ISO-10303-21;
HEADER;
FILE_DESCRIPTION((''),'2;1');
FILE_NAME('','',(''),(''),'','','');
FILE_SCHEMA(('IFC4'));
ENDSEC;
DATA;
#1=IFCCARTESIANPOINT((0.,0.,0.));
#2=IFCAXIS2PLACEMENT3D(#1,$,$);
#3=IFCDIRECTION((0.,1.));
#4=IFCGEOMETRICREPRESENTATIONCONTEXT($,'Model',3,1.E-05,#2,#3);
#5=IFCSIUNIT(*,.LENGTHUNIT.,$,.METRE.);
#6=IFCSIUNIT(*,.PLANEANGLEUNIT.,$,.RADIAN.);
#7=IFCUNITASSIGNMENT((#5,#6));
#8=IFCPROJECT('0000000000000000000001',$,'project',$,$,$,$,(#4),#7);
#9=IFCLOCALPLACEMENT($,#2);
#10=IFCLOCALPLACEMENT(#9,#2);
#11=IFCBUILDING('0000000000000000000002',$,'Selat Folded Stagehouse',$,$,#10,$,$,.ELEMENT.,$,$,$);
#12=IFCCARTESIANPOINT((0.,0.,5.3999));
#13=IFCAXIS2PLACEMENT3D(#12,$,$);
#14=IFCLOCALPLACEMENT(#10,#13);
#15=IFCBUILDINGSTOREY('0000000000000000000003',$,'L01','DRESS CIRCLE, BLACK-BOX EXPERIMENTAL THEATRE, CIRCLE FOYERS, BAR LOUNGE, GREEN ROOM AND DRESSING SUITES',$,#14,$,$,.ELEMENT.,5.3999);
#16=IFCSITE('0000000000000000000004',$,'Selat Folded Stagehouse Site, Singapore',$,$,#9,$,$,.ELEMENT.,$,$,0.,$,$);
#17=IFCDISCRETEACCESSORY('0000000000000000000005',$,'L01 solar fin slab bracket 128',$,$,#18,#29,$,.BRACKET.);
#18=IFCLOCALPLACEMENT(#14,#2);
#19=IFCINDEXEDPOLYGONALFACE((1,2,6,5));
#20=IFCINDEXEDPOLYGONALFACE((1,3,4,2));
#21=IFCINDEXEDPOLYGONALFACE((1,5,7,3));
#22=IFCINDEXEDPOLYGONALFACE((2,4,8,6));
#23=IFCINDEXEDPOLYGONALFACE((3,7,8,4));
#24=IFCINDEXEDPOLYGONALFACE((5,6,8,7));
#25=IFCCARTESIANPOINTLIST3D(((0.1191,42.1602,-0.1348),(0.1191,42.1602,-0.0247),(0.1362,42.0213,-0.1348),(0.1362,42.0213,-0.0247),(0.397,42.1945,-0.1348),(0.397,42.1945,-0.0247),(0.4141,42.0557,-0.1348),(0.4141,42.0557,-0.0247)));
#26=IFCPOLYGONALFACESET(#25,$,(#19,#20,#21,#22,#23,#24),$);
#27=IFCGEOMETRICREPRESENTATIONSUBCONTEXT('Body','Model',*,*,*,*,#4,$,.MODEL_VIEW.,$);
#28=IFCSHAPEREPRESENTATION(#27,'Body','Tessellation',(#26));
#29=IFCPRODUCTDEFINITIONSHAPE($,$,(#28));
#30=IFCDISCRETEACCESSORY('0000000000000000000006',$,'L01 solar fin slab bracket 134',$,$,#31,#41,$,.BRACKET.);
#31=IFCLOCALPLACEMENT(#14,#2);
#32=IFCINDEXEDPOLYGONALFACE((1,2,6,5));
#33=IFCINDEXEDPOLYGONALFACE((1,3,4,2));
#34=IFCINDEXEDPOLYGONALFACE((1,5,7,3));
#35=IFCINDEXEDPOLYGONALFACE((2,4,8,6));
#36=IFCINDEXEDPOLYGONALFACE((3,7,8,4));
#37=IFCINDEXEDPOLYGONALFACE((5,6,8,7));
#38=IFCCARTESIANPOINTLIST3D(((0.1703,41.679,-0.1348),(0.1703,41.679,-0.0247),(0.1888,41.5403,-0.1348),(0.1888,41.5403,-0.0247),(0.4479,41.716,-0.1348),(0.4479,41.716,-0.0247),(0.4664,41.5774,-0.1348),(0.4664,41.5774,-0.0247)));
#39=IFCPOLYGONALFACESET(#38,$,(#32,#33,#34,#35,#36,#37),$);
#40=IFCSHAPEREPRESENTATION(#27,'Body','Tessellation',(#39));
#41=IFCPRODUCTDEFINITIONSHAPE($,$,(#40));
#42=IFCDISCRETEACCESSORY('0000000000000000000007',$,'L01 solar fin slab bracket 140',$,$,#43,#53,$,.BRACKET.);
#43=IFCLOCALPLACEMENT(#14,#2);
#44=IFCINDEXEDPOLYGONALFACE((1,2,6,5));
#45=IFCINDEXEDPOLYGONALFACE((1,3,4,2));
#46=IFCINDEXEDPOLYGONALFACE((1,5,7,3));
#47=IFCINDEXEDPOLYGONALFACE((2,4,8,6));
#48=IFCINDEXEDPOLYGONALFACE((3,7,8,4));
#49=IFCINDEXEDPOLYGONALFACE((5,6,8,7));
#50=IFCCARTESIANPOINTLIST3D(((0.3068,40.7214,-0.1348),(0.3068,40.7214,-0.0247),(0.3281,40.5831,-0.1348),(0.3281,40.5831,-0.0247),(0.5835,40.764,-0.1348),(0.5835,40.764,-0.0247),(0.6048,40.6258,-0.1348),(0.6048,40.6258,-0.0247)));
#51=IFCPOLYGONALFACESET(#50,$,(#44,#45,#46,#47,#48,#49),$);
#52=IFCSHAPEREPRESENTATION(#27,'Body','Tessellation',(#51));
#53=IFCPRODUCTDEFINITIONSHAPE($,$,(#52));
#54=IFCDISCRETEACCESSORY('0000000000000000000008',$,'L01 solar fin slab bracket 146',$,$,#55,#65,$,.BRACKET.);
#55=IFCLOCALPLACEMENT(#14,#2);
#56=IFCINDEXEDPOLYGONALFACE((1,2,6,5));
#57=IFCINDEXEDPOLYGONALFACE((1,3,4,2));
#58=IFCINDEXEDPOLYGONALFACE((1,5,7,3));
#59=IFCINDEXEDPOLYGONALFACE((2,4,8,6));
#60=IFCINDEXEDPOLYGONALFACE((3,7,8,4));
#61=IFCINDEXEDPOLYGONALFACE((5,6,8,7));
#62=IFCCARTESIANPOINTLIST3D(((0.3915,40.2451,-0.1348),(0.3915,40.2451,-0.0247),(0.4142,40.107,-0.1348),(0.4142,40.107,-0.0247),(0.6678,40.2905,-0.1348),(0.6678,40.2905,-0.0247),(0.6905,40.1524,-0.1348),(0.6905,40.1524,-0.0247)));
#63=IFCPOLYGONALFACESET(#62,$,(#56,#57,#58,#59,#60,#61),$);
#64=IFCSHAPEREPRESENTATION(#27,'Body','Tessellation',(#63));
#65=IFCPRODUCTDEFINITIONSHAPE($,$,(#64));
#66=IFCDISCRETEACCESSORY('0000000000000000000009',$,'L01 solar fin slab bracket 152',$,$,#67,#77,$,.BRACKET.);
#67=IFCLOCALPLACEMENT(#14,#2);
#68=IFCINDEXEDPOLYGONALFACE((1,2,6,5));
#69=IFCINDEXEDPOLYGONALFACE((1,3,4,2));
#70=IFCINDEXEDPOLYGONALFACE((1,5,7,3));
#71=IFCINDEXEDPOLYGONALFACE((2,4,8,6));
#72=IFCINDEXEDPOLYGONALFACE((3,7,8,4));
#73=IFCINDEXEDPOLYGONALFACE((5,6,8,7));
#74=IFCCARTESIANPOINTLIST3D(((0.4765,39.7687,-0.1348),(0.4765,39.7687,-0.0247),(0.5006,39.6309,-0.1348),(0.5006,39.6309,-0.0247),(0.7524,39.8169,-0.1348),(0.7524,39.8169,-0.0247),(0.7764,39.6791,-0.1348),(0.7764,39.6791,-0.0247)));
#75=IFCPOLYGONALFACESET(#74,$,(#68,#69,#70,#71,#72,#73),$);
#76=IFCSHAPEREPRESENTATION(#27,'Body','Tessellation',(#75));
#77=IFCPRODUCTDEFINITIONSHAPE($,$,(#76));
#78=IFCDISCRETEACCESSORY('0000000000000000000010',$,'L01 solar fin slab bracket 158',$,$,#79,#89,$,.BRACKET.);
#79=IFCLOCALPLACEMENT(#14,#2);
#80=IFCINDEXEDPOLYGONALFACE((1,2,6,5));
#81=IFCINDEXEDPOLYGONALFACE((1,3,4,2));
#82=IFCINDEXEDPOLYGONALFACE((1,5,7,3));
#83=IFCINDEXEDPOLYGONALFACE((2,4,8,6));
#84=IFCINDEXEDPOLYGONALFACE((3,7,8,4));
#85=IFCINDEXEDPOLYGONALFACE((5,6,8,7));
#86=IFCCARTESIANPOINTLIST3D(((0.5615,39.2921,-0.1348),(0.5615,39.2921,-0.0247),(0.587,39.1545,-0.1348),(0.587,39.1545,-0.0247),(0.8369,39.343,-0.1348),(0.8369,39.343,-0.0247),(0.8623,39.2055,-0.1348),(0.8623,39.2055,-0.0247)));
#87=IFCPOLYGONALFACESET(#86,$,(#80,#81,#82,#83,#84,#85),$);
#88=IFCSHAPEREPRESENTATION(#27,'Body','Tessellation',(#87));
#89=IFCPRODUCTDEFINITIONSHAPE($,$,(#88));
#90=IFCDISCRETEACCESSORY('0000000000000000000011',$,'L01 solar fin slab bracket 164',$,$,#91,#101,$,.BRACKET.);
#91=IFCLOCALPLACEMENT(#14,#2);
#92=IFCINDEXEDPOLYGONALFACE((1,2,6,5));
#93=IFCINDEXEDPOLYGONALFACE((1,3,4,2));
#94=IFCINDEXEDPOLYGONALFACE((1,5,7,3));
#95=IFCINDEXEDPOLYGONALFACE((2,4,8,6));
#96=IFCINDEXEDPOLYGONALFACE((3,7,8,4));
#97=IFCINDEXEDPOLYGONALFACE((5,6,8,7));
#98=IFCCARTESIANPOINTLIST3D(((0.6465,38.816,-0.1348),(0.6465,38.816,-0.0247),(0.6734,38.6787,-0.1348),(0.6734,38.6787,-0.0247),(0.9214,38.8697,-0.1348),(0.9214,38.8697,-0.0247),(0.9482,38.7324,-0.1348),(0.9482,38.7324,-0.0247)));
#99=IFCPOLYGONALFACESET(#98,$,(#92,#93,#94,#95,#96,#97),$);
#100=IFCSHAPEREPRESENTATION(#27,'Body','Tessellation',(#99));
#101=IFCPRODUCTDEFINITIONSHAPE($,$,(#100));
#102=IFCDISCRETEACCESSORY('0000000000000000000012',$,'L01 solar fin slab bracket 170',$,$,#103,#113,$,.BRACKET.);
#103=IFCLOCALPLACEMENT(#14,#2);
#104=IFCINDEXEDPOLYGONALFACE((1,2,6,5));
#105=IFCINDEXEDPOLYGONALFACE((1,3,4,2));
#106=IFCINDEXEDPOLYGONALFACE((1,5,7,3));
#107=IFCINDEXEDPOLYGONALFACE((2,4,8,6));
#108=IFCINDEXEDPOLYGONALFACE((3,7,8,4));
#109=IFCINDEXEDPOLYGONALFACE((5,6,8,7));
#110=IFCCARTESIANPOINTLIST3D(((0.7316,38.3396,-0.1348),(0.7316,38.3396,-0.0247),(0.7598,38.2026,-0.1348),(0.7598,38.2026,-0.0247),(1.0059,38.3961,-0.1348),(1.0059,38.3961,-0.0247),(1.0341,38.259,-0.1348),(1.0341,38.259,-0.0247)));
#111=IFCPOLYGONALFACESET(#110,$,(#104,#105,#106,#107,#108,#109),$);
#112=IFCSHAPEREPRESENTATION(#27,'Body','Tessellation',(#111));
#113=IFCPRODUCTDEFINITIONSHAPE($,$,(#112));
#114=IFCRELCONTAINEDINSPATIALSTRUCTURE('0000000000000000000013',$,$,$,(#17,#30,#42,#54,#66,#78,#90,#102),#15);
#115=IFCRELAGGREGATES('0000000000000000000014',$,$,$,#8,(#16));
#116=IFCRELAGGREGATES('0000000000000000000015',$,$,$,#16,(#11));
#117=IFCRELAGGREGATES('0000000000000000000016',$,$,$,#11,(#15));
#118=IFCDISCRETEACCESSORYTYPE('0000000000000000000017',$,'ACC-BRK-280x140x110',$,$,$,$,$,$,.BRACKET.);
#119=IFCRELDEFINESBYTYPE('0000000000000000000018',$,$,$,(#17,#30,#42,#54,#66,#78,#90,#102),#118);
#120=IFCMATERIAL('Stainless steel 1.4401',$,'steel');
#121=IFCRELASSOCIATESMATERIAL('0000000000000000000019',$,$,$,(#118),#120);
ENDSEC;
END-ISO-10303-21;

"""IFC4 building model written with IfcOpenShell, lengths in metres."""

from ifc_helpers import new_model, si_unit, direction, frame, origin, origin_2d, place, context, subcontext, project, spatial, rectangle, extrude, material, type_object, element, save


model = new_model("IFC4")

# Units and contexts
model_context = context("Model", 3, precision=1e-05, world=origin(), true_north=direction((0.0, 1.0)))
body_context = subcontext(model_context, "Body", "Model", "MODEL_VIEW")
ifc_project = project(units=[si_unit("LENGTHUNIT", "METRE"), si_unit("PLANEANGLEUNIT", "RADIAN")], contexts=[model_context])

# Site, building, storey
site_placement = place(None, origin())
site = spatial("IfcSite", under=ifc_project, at=site_placement, Name="Selat Folded Stagehouse Site, Singapore", CompositionType="ELEMENT", RefElevation=0.0)
building_placement = place(site_placement, origin())
building = spatial("IfcBuilding", under=site, at=building_placement, Name="Selat Folded Stagehouse", CompositionType="ELEMENT")
storey_placement = place(building_placement, frame((0.0, 0.0, 5.3999)))
storey = spatial("IfcBuildingStorey", under=building, at=storey_placement, Name="L01", Description="DRESS CIRCLE, BLACK-BOX EXPERIMENTAL THEATRE, CIRCLE FOYERS, BAR LOUNGE, GREEN ROOM AND DRESSING SUITES", CompositionType="ELEMENT", Elevation=5.3999)

# Discrete accessories
ifc_material_1 = material(Name="Stainless steel 1.4401", Category="steel")
discrete_accessory_type = type_object("IfcDiscreteAccessoryType", Name="ACC-BRK-280x140x110", PredefinedType="BRACKET", material=ifc_material_1)
for number, where, z_axis, x_axis, name in (
    (1, (0.2666, 42.1079, -0.1348), (0.0, 0.0, 1.0), (-0.992461, -0.122562, 0.0), "L01 solar fin slab bracket 128"),
    (2, (0.3184, 41.6282, -0.1348), (0.0, 0.0, 1.0), (-0.991192, -0.132429, 0.0), "L01 solar fin slab bracket 134"),
    (3, (0.4558, 40.6736, -0.1348), (0.0, 0.0, 1.0), (-0.988335, -0.152296, 0.0), "L01 solar fin slab bracket 140"),
    (4, (0.541, 40.1987, -0.1348), (0.0, 0.0, 1.0), (-0.986771, -0.162121, 0.0), "L01 solar fin slab bracket 146"),
    (5, (0.6265, 39.7239, -0.1348), (0.0, 0.0, 1.0), (-0.985079, -0.172101, 0.0), "L01 solar fin slab bracket 152"),
    (6, (0.7119, 39.2488, -0.1348), (0.0, 0.0, 1.0), (-0.983318, -0.181892, 0.0), "L01 solar fin slab bracket 158"),
    (7, (0.7974, 38.7742, -0.1348), (0.0, 0.0, 1.0), (-0.981427, -0.191837, 0.0), "L01 solar fin slab bracket 164"),
    (8, (0.8828, 38.2993, -0.1348), (0.0, 0.0, 1.0), (-0.97947, -0.201591, 0.0), "L01 solar fin slab bracket 170"),
):
    element("IfcDiscreteAccessory", number, at=place(storey_placement, frame(where, z_axis=z_axis, x_axis=x_axis)), inside=storey, type_object=discrete_accessory_type, Name=name, PredefinedType="BRACKET", context=body_context, shape_type="SweptSolid", body=[
        extrude(rectangle(XDim=0.28, YDim=0.1399, at=origin_2d()), origin(), (0.0, 0.0, 1.0), 0.1101),
    ])

save(model, "model.ifc")
